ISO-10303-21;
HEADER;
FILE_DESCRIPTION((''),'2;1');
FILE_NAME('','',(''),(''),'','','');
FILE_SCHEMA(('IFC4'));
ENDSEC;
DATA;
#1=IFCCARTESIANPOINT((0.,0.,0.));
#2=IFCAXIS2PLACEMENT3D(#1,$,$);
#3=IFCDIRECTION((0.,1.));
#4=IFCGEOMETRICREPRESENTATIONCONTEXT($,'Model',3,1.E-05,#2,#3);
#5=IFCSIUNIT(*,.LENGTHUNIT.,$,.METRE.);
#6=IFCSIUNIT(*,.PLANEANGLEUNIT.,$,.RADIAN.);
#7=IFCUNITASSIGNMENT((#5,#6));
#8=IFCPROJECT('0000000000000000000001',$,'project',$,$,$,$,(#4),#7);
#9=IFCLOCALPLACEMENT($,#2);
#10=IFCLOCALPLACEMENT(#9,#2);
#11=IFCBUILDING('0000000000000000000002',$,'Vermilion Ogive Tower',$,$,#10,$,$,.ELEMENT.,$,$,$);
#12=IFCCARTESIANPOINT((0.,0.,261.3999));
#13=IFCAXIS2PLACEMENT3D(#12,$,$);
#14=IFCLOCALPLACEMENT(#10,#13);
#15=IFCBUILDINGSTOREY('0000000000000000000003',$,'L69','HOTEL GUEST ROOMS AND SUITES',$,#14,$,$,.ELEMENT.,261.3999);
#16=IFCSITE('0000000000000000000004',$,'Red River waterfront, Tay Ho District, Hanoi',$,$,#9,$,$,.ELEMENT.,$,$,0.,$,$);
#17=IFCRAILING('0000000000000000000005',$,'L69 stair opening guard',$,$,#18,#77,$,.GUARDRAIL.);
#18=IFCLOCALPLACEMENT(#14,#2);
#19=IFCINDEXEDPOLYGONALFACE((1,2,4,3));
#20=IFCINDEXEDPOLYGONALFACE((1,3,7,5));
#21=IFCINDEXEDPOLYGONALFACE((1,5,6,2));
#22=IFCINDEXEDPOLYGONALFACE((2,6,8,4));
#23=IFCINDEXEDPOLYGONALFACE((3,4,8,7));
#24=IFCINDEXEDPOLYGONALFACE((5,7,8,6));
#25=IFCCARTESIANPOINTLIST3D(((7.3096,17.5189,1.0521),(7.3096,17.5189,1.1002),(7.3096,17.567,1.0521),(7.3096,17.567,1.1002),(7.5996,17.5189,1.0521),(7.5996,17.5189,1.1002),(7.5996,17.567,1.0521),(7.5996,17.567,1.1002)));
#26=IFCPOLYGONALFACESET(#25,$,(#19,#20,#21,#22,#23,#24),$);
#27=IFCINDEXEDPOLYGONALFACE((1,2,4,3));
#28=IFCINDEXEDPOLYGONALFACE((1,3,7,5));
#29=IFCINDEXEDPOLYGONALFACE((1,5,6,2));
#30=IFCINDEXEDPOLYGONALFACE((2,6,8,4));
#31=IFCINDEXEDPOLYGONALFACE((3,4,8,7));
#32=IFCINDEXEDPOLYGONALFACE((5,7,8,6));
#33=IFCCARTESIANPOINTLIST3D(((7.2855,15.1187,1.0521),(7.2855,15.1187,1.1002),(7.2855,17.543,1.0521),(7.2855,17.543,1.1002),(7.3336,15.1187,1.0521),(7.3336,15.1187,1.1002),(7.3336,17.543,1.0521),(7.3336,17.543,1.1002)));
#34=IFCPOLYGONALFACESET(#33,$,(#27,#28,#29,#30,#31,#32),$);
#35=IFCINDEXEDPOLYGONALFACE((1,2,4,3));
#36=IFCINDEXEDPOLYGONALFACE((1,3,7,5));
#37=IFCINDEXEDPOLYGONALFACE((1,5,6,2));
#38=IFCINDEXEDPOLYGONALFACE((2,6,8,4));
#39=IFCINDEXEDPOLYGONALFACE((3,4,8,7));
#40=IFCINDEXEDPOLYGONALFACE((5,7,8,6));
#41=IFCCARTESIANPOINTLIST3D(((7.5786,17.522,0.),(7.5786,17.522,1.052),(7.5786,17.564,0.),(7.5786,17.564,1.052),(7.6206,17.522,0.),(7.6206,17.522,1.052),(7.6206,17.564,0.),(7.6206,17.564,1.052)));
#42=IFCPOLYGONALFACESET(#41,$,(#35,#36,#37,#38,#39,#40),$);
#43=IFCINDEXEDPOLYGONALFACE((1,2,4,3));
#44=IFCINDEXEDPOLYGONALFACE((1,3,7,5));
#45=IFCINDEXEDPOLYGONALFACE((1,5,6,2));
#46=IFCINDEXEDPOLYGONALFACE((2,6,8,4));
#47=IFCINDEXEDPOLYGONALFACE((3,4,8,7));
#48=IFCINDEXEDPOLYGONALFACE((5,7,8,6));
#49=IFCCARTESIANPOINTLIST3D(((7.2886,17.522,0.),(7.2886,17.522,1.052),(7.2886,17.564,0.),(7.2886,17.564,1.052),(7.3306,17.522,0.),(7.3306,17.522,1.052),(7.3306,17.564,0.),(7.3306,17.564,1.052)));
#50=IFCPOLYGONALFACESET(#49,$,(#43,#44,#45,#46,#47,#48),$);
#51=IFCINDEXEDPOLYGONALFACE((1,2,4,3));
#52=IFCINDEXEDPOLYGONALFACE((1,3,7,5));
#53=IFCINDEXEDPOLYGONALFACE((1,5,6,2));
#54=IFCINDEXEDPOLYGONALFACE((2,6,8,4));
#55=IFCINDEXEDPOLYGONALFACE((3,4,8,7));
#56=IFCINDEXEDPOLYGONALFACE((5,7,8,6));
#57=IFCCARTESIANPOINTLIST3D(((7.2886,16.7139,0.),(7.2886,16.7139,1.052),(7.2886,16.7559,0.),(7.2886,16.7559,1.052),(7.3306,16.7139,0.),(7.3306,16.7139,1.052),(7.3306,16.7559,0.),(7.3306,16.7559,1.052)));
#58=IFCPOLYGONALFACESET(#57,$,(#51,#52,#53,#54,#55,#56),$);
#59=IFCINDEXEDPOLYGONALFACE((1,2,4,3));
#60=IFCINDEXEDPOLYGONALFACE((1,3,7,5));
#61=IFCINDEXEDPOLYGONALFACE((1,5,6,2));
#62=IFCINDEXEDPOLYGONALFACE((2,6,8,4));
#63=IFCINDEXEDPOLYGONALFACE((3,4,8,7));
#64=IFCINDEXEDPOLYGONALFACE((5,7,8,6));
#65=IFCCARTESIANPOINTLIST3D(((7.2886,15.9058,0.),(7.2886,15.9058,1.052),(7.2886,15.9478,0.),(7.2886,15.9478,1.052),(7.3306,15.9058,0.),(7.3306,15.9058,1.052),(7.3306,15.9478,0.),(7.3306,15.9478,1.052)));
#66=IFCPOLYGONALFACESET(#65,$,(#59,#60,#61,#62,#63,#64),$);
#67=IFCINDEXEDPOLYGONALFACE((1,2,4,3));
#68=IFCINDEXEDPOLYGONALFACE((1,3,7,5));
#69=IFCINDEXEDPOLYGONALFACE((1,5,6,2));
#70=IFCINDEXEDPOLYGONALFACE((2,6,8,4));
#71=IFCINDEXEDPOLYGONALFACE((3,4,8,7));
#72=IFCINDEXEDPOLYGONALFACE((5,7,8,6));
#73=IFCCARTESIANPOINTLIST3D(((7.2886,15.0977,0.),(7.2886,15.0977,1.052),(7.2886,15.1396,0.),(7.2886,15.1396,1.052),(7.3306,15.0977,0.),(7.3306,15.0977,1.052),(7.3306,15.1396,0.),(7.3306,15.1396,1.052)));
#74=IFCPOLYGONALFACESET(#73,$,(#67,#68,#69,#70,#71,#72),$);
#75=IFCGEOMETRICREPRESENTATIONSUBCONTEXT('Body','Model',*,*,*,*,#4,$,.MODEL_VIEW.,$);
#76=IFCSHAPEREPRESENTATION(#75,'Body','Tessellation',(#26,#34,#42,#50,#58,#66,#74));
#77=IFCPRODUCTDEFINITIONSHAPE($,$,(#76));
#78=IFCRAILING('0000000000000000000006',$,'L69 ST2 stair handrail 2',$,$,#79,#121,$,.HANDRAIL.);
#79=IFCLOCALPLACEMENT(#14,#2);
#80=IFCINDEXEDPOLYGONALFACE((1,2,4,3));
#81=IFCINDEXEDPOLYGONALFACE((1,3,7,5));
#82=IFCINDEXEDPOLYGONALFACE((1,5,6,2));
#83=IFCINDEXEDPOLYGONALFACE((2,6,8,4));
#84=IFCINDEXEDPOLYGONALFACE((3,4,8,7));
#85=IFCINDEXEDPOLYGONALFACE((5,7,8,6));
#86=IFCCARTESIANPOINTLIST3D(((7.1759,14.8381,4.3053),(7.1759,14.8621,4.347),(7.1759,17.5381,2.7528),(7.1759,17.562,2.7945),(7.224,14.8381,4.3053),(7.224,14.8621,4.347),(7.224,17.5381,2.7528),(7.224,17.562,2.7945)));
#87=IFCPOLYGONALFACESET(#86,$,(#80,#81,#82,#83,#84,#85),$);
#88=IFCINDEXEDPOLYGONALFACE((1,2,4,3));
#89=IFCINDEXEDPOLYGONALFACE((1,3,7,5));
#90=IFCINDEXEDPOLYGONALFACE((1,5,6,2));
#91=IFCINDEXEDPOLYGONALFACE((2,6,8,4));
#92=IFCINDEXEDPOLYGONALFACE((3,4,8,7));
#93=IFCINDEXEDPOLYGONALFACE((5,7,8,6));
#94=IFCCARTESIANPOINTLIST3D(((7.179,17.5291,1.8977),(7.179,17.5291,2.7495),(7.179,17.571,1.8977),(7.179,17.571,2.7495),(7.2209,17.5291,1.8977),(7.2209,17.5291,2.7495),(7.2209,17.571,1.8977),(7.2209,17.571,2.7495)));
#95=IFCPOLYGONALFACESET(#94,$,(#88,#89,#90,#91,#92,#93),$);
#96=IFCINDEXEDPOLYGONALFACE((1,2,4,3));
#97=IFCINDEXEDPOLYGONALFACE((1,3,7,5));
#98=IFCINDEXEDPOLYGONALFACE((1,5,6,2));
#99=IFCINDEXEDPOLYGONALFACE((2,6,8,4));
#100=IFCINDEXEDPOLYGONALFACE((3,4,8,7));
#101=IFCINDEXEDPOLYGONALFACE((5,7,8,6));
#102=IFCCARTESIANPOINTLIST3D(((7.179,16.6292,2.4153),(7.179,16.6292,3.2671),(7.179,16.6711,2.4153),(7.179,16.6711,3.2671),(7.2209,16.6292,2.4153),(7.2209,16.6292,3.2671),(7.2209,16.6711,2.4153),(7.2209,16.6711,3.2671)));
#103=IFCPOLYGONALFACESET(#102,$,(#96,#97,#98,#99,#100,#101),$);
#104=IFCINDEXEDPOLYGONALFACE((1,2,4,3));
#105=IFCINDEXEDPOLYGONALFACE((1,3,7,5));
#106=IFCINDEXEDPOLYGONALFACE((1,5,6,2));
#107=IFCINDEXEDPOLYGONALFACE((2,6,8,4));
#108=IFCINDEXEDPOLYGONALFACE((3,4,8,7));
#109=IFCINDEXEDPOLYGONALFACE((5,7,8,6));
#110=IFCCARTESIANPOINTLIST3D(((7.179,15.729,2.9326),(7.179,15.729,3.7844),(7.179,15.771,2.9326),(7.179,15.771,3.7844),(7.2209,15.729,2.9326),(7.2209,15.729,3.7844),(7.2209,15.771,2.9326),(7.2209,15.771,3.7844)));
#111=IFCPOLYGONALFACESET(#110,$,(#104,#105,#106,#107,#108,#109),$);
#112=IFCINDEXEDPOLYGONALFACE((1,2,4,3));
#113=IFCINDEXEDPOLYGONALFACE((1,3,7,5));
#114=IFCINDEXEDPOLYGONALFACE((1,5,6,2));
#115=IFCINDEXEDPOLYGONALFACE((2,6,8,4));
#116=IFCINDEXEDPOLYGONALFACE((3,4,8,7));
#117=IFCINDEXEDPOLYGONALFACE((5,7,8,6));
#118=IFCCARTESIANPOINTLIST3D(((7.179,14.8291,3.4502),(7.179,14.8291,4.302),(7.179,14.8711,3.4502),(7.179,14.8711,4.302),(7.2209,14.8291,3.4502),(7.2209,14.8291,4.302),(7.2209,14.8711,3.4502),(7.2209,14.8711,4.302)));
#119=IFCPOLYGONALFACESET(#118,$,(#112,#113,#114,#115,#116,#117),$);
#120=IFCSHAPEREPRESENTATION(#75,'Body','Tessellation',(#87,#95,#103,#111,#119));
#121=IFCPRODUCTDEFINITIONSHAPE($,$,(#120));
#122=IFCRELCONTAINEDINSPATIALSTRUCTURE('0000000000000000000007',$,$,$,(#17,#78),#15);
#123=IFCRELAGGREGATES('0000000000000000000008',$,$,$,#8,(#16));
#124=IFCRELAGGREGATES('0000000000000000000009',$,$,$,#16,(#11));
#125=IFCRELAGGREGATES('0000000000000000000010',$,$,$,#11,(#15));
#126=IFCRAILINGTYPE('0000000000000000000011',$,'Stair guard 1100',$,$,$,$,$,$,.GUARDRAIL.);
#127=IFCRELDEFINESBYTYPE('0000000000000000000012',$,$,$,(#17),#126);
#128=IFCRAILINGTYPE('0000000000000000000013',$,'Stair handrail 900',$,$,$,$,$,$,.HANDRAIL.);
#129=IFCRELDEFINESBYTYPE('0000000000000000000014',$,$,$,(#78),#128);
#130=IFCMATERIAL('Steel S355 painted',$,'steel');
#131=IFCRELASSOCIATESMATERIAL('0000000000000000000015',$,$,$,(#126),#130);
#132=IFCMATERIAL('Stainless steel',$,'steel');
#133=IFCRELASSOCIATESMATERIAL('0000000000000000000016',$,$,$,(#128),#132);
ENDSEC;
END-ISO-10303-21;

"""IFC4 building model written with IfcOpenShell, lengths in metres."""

from ifc_helpers import new_model, si_unit, direction, frame, origin, origin_2d, place, context, subcontext, project, spatial, rectangle, extrude, material, type_object, element, save


model = new_model("IFC4")

# Units and contexts
model_context = context("Model", 3, precision=1e-05, world=origin(), true_north=direction((0.0, 1.0)))
body_context = subcontext(model_context, "Body", "Model", "MODEL_VIEW")
ifc_project = project(units=[si_unit("LENGTHUNIT", "METRE"), si_unit("PLANEANGLEUNIT", "RADIAN")], contexts=[model_context])

# Site, building, storey
site_placement = place(None, origin())
site = spatial("IfcSite", under=ifc_project, at=site_placement, Name="Red River waterfront, Tay Ho District, Hanoi", CompositionType="ELEMENT", RefElevation=0.0)
building_placement = place(site_placement, origin())
building = spatial("IfcBuilding", under=site, at=building_placement, Name="Vermilion Ogive Tower", CompositionType="ELEMENT")
storey_placement = place(building_placement, frame((0.0, 0.0, 261.3999)))
storey = spatial("IfcBuildingStorey", under=building, at=storey_placement, Name="L69", Description="HOTEL GUEST ROOMS AND SUITES", CompositionType="ELEMENT", Elevation=261.3999)

# Railings
ifc_material_1 = material(Name="Steel S355 painted", Category="steel")
railing_type_1 = type_object("IfcRailingType", Name="Stair guard 1100", PredefinedType="GUARDRAIL", material=ifc_material_1)
railing_1_placement = place(storey_placement, frame((7.5996, 17.543, 0.0)))
element("IfcRailing", 1, at=railing_1_placement, inside=storey, type_object=railing_type_1, Name="L69 stair opening guard", PredefinedType="GUARDRAIL", context=body_context, shape_type="SweptSolid", body=[
    extrude(rectangle(XDim=0.0481, YDim=0.0481, at=origin_2d()), frame((0.0, 0.0, 1.0762), z_axis=(-1.0, 0.0, 0.0), x_axis=(0.0, -1.0, 0.0)), (0.0, 0.0, 1.0), 0.29),
    extrude(rectangle(XDim=0.0481, YDim=0.0481, at=origin_2d()), frame((-0.29, 0.0, 1.0762), z_axis=(0.0, -1.0, 0.0), x_axis=(1.0, 0.0, 0.0)), (0.0, 0.0, 1.0), 2.4243),
    extrude(rectangle(XDim=0.042, YDim=0.042, at=origin_2d()), origin(), (0.0, 0.0, 1.0), 1.052),
    extrude(rectangle(XDim=0.042, YDim=0.042, at=origin_2d()), frame((-0.29, 0.0, 0.0)), (0.0, 0.0, 1.0), 1.052),
    extrude(rectangle(XDim=0.042, YDim=0.042, at=origin_2d()), frame((-0.29, -0.8081, 0.0)), (0.0, 0.0, 1.0), 1.052),
    extrude(rectangle(XDim=0.042, YDim=0.042, at=origin_2d()), frame((-0.29, -1.6162, 0.0)), (0.0, 0.0, 1.0), 1.052),
    extrude(rectangle(XDim=0.042, YDim=0.042, at=origin_2d()), frame((-0.29, -2.4243, 0.0)), (0.0, 0.0, 1.0), 1.052),
])
ifc_material_2 = material(Name="Stainless steel", Category="steel")
railing_type_2 = type_object("IfcRailingType", Name="Stair handrail 900", PredefinedType="HANDRAIL", material=ifc_material_2)
railing_2_placement = place(storey_placement, frame((7.2, 17.55, 1.8977)))
element("IfcRailing", 2, at=railing_2_placement, inside=storey, type_object=railing_type_2, Name="L69 ST2 stair handrail 2", PredefinedType="HANDRAIL", context=body_context, shape_type="SweptSolid", body=[
    extrude(rectangle(XDim=0.0481, YDim=0.0481, at=origin_2d()), frame((0.0, 0.0, 0.876), z_axis=(0.0, -0.866904, 0.498476), x_axis=(1.0, 0.0, 0.0)), (0.0, 0.0, 1.0), 3.1145),
    extrude(rectangle(XDim=0.042, YDim=0.042, at=origin_2d()), origin(), (0.0, 0.0, 1.0), 0.8518),
    extrude(rectangle(XDim=0.042, YDim=0.042, at=origin_2d()), frame((0.0, -0.8999, 0.5176)), (0.0, 0.0, 1.0), 0.8518),
    extrude(rectangle(XDim=0.042, YDim=0.042, at=origin_2d()), frame((0.0, -1.8, 1.0349)), (0.0, 0.0, 1.0), 0.8518),
    extrude(rectangle(XDim=0.042, YDim=0.042, at=origin_2d()), frame((0.0, -2.7, 1.5525)), (0.0, 0.0, 1.0), 0.8518),
])

save(model, "model.ifc")
